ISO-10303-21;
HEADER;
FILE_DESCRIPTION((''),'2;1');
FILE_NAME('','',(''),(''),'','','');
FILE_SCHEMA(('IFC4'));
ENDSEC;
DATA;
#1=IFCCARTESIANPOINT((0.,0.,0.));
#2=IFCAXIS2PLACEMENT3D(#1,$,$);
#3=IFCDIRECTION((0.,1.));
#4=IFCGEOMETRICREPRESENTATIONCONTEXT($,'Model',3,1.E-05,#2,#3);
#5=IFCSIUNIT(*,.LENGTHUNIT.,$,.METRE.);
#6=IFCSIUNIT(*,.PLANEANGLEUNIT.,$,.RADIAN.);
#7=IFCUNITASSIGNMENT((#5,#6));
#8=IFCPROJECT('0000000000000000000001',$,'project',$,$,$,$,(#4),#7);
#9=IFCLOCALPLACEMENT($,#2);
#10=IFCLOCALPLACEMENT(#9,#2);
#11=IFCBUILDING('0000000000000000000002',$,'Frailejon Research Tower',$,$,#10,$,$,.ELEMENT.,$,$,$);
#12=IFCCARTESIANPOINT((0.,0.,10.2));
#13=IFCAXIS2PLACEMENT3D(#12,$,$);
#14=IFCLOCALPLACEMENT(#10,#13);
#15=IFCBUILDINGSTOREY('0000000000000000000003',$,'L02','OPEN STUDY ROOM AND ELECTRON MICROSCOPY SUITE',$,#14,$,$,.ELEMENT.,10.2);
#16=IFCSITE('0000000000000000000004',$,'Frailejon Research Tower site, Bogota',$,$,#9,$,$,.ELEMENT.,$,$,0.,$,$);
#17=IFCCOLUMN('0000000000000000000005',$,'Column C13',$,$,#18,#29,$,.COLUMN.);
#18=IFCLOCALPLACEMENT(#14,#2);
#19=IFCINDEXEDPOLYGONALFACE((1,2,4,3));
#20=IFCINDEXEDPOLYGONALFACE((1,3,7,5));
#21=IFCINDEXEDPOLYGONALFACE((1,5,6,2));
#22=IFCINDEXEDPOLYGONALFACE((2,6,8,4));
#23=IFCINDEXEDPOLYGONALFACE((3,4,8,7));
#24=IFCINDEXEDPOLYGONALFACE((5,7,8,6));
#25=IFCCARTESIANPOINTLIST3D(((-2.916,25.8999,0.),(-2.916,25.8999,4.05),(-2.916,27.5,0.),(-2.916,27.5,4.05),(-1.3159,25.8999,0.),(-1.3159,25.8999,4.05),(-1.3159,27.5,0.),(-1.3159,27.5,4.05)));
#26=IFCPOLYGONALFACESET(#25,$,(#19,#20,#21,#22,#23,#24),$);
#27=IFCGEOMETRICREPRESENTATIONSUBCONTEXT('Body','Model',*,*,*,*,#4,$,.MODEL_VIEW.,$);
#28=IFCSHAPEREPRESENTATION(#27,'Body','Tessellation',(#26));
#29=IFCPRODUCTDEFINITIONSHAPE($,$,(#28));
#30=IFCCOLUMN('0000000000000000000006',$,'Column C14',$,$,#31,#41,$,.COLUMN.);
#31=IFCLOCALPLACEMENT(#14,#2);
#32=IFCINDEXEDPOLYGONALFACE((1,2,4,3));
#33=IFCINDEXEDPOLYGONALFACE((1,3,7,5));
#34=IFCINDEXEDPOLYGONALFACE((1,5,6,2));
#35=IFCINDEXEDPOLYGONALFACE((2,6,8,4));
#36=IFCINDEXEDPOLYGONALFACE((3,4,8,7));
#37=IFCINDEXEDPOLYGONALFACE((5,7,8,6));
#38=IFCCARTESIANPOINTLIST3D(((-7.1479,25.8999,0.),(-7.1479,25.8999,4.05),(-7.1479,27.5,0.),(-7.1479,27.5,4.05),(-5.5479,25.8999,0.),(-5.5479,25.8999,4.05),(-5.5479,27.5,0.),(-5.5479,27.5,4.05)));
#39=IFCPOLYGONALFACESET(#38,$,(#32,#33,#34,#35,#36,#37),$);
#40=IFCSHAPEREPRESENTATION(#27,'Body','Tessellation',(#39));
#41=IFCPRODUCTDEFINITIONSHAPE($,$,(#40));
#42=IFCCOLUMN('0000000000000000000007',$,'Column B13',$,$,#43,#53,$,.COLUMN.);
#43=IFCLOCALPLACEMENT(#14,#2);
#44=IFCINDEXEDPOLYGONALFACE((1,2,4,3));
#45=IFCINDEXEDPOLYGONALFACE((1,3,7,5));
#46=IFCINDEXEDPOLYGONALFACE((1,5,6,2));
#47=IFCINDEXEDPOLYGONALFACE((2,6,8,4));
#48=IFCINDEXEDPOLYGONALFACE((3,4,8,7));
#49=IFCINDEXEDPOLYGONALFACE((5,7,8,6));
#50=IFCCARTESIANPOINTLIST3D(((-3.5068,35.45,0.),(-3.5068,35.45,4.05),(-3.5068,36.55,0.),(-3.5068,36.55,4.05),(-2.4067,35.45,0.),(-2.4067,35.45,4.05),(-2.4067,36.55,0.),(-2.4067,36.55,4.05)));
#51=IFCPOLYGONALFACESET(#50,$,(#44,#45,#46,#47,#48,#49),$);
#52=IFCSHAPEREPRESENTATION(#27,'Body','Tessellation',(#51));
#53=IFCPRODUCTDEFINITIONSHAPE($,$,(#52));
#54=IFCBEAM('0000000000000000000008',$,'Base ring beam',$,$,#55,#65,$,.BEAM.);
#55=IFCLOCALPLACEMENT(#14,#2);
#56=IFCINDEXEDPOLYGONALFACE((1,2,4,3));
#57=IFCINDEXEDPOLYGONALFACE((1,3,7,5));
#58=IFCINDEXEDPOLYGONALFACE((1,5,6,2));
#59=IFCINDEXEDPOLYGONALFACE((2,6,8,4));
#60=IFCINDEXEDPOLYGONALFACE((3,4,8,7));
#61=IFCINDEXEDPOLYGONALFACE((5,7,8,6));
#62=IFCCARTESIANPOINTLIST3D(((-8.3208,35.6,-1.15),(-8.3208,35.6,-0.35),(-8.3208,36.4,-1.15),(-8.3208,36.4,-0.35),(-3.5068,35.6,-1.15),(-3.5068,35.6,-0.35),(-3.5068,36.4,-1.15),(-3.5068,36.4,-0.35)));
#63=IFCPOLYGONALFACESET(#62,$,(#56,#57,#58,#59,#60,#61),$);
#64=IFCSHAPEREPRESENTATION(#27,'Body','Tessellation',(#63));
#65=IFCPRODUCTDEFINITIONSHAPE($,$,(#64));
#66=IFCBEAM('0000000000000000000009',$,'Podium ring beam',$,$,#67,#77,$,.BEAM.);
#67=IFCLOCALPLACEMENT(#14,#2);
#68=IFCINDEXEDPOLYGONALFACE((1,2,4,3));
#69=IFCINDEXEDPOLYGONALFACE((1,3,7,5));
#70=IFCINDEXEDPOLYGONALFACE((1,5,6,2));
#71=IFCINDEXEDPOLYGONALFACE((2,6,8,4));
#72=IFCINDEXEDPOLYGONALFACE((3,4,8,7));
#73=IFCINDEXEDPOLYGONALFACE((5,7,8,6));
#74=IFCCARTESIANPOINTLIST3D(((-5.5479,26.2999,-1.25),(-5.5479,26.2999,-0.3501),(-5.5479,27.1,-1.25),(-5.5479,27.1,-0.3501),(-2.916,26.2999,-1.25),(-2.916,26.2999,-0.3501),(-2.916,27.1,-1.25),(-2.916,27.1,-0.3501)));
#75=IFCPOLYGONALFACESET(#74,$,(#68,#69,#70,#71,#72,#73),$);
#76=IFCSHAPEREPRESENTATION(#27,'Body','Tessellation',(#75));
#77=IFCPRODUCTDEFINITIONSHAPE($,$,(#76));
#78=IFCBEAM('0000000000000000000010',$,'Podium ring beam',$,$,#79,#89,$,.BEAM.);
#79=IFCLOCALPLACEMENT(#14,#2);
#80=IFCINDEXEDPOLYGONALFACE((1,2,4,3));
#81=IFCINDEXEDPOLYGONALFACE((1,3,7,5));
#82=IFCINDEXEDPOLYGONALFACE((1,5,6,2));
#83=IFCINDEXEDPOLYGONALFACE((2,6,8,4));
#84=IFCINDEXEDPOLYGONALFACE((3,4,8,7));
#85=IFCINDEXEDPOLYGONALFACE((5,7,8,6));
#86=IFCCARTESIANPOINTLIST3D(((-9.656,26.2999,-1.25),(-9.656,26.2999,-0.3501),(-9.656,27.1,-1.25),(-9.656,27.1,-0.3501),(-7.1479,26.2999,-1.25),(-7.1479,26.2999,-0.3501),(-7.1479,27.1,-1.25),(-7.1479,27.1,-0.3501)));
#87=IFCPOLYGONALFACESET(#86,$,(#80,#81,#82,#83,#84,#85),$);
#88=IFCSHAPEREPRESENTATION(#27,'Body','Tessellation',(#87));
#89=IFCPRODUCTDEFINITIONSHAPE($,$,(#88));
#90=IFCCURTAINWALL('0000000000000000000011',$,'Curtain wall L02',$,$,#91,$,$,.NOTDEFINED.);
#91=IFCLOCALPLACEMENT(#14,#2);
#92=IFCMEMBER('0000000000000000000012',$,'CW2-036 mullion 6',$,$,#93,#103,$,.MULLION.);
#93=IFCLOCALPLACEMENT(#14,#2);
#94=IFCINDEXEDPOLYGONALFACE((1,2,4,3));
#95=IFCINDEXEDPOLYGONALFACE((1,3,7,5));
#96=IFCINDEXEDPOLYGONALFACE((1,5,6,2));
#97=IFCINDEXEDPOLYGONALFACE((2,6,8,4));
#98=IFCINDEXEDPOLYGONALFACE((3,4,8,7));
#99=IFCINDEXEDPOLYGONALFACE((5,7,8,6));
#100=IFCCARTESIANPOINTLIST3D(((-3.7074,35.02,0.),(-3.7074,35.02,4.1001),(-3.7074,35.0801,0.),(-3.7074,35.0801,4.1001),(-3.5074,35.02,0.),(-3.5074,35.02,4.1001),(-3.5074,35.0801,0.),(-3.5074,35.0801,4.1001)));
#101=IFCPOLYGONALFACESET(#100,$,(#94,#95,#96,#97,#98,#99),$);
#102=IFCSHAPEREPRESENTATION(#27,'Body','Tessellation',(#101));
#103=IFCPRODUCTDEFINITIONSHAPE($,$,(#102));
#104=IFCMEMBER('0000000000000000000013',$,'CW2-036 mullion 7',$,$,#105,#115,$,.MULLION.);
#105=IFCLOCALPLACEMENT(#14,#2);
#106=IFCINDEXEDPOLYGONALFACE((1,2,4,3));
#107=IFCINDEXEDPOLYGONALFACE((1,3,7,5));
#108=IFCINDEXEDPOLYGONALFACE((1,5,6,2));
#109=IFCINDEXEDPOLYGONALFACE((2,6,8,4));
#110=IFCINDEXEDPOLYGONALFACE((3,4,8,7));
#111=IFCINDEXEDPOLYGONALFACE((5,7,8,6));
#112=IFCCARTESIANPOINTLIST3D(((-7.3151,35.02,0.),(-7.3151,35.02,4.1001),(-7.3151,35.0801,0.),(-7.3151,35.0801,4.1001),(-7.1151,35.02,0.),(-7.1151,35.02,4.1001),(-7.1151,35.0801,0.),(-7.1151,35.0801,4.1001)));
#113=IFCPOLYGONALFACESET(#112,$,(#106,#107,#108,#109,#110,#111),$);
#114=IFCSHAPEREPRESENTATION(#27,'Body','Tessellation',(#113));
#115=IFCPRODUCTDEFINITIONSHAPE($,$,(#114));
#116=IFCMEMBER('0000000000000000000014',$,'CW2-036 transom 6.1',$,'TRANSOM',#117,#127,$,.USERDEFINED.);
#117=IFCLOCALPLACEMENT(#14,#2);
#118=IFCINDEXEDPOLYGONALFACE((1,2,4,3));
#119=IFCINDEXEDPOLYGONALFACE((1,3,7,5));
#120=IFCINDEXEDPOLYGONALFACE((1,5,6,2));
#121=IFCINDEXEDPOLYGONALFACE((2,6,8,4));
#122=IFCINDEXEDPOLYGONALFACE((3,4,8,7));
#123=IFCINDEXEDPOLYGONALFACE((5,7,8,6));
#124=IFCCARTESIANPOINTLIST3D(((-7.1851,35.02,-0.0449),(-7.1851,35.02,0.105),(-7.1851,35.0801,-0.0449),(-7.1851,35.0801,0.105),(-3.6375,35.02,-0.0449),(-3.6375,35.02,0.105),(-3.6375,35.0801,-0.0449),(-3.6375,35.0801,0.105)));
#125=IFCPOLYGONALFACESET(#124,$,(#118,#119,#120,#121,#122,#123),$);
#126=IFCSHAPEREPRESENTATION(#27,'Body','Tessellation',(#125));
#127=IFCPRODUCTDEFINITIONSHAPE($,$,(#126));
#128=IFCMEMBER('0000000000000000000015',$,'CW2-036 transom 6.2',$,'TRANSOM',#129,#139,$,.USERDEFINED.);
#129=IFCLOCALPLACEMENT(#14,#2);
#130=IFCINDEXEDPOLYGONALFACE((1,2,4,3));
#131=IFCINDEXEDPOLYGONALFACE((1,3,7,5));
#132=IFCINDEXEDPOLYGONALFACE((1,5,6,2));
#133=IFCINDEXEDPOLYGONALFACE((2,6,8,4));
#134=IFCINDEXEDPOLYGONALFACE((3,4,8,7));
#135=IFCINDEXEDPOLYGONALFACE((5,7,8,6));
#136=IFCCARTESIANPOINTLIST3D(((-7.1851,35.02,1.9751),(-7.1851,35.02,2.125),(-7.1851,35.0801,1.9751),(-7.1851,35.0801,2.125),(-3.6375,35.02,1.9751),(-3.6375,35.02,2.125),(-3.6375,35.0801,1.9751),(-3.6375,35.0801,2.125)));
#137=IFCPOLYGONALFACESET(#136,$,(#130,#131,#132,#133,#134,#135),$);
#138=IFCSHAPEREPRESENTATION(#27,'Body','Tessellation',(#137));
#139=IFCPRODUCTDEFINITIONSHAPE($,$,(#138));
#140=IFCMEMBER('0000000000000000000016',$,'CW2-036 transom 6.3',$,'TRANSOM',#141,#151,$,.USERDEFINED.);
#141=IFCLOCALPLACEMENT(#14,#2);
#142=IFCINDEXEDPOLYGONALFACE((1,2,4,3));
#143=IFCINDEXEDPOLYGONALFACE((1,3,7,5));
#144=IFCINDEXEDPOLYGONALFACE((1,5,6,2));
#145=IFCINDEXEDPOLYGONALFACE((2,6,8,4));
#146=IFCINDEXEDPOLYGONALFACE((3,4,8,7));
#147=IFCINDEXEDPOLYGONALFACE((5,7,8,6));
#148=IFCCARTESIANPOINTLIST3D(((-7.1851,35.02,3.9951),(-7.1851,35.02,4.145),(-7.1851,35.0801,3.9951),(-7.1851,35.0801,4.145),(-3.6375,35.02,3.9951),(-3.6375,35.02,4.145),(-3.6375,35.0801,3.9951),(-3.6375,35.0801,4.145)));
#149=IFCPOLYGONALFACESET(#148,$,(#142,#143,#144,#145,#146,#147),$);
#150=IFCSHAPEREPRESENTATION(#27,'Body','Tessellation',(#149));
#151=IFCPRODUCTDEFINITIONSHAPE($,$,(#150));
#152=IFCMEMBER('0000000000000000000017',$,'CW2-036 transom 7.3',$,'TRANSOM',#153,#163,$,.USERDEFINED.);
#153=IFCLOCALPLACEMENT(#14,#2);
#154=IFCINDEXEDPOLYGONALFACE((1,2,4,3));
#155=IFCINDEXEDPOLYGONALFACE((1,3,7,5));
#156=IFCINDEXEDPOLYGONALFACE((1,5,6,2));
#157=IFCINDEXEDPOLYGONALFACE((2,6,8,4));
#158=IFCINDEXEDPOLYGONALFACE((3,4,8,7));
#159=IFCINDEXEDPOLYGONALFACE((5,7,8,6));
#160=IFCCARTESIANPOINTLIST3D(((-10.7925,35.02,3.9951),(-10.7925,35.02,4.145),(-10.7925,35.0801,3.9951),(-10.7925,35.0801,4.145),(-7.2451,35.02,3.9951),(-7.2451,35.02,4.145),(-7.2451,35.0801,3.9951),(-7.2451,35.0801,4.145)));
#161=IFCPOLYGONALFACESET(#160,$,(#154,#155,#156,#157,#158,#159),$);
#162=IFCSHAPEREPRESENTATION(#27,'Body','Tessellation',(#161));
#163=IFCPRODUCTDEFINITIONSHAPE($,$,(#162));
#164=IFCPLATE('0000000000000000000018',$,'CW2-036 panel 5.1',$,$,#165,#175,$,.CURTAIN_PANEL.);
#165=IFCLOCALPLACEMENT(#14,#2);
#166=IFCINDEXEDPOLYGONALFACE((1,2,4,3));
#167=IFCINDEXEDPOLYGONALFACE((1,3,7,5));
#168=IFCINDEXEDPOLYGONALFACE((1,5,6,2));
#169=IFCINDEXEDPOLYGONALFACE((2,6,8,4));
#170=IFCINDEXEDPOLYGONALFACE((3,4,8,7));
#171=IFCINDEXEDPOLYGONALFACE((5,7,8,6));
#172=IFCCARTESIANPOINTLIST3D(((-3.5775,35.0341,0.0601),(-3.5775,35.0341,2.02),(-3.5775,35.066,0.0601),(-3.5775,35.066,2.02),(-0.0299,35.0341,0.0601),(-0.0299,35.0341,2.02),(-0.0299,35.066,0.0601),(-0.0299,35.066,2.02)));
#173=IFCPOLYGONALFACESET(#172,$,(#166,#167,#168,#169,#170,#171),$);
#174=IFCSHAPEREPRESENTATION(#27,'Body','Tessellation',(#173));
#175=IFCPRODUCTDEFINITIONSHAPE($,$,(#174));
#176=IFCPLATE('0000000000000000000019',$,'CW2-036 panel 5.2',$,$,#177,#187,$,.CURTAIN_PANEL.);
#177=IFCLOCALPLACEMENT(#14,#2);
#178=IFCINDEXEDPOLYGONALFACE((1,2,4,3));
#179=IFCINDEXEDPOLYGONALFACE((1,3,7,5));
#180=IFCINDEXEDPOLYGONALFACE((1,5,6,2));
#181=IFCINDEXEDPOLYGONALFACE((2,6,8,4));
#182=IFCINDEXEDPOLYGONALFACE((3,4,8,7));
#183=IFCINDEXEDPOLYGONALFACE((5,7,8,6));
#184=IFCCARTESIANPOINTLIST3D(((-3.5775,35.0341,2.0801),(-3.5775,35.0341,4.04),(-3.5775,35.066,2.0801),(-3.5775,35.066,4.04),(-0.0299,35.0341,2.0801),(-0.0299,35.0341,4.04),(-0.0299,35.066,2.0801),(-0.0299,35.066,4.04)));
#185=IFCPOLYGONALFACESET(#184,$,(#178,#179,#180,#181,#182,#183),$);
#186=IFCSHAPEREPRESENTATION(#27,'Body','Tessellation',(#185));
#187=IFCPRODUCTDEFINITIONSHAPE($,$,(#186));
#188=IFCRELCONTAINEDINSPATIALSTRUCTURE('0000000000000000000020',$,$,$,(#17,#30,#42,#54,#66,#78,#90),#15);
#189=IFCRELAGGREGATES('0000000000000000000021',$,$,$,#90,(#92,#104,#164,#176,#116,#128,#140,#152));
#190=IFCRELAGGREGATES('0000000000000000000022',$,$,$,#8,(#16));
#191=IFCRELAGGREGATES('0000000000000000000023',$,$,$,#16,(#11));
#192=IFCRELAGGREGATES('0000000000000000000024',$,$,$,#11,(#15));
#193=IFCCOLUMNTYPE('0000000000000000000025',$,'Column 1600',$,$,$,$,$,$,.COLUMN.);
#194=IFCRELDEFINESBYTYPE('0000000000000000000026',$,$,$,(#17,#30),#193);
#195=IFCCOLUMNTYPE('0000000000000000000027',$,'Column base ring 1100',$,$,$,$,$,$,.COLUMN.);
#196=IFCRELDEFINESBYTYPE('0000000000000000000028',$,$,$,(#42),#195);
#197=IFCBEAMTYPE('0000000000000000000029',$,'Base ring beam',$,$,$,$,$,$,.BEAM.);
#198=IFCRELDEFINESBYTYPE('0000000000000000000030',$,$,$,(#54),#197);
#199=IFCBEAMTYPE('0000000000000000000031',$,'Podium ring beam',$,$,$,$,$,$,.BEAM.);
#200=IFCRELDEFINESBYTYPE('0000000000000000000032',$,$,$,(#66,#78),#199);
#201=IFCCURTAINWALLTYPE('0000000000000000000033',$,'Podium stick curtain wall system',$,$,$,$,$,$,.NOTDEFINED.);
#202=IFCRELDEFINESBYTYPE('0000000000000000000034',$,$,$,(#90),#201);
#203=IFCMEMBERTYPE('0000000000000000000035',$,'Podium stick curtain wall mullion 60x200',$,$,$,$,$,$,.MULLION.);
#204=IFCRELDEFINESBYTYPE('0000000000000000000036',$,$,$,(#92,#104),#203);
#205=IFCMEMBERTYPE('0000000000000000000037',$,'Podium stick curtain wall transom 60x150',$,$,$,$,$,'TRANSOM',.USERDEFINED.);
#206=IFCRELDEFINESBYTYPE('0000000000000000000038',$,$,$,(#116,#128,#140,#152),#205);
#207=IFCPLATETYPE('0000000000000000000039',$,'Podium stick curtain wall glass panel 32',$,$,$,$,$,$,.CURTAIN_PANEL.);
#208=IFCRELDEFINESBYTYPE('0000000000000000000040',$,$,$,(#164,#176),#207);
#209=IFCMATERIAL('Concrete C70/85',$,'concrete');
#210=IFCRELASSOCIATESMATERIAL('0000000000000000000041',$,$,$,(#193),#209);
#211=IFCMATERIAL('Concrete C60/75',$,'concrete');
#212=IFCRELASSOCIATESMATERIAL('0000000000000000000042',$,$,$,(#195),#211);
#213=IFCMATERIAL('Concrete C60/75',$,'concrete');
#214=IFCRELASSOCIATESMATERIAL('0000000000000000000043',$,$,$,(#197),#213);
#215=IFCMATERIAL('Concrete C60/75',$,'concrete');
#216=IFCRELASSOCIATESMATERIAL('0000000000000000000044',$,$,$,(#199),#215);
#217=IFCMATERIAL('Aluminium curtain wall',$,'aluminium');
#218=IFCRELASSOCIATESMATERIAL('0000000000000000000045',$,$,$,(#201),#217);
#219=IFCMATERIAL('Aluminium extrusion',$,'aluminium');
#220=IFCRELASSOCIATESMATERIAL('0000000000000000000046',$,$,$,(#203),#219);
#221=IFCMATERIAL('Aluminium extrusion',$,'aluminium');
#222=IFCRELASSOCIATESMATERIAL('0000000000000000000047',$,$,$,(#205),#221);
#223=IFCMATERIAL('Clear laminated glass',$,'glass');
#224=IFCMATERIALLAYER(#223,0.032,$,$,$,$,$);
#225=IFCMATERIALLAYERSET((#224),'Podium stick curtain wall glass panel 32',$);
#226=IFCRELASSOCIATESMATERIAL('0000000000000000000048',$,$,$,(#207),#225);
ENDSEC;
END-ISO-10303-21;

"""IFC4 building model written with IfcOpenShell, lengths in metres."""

from ifc_helpers import new_model, si_unit, direction, frame, origin, origin_2d, place, context, subcontext, project, spatial, rectangle, extrude, material, layer, layer_set, material_profile, profile_set, type_object, element, aggregate, save


model = new_model("IFC4")

# Units and contexts
model_context = context("Model", 3, precision=1e-05, world=origin(), true_north=direction((0.0, 1.0)))
body_context = subcontext(model_context, "Body", "Model", "MODEL_VIEW")
ifc_project = project(units=[si_unit("LENGTHUNIT", "METRE"), si_unit("PLANEANGLEUNIT", "RADIAN")], contexts=[model_context])

# Site, building, storey
site_placement = place(None, origin())
site = spatial("IfcSite", under=ifc_project, at=site_placement, Name="Frailejon Research Tower site, Bogota", CompositionType="ELEMENT", RefElevation=0.0)
building_placement = place(site_placement, origin())
building = spatial("IfcBuilding", under=site, at=building_placement, Name="Frailejon Research Tower", CompositionType="ELEMENT")
storey_placement = place(building_placement, frame((0.0, 0.0, 10.2)))
storey = spatial("IfcBuildingStorey", under=building, at=storey_placement, Name="L02", Description="OPEN STUDY ROOM AND ELECTRON MICROSCOPY SUITE", CompositionType="ELEMENT", Elevation=10.2)

# Columns
ifc_material_1 = material(Name="Concrete C70/85", Category="concrete")
ifc_material_profile_1 = material_profile(ifc_material_1, rectangle(XDim=1.6001, YDim=1.6001, at=origin_2d()), Name="Column 1600")
ifc_profile_set_1 = profile_set([ifc_material_profile_1], Name="Concrete C70/85")
column_type_1 = type_object("IfcColumnType", Name="Column 1600", PredefinedType="COLUMN", material=ifc_profile_set_1)
for number, where, z_axis, x_axis, name in (
    (1, (-2.116, 26.7, 0.0), (0.0, 0.0, 1.0), (-1.0, 0.0, 0.0), "Column C13"),
    (2, (-6.3479, 26.7, 0.0), (0.0, 0.0, 1.0), (-1.0, 0.0, 0.0), "Column C14"),
):
    element("IfcColumn", number, at=place(storey_placement, frame(where, z_axis=z_axis, x_axis=x_axis)), inside=storey, type_object=column_type_1, Name=name, PredefinedType="COLUMN", context=body_context, shape_type="SweptSolid", body=[
        extrude(rectangle(XDim=1.6001, YDim=1.6001, at=origin_2d()), origin(), (0.0, 0.0, 1.0), 4.05),
    ])
ifc_material_2 = material(Name="Concrete C60/75", Category="concrete")
ifc_material_profile_2 = material_profile(ifc_material_2, rectangle(XDim=1.1001, YDim=1.1001, at=origin_2d()), Name="Column base ring 1100")
ifc_profile_set_2 = profile_set([ifc_material_profile_2], Name="Concrete C60/75")
column_type_2 = type_object("IfcColumnType", Name="Column base ring 1100", PredefinedType="COLUMN", material=ifc_profile_set_2)
column_placement = place(storey_placement, frame((-2.9568, 36.0, 0.0), z_axis=(0.0, 0.0, 1.0), x_axis=(-1.0, 0.0, 0.0)))
element("IfcColumn", 3, at=column_placement, inside=storey, type_object=column_type_2, Name="Column B13", PredefinedType="COLUMN", context=body_context, shape_type="SweptSolid", body=[
    extrude(rectangle(XDim=1.1001, YDim=1.1001, at=origin_2d()), origin(), (0.0, 0.0, 1.0), 4.05),
])

# Beams
ifc_material_3 = material(Name="Concrete C60/75", Category="concrete")
ifc_material_profile_3 = material_profile(ifc_material_3, rectangle(XDim=0.8, YDim=0.8, at=origin_2d()), Name="Base ring beam")
ifc_profile_set_3 = profile_set([ifc_material_profile_3], Name="Concrete C60/75")
beam_type_1 = type_object("IfcBeamType", Name="Base ring beam", PredefinedType="BEAM", material=ifc_profile_set_3)
beam_1_placement = place(storey_placement, frame((-3.5068, 36.0, -0.75), z_axis=(-1.0, 0.0, 0.0), x_axis=(0.0, -1.0, 0.0)))
element("IfcBeam", 4, at=beam_1_placement, inside=storey, type_object=beam_type_1, Name="Base ring beam", PredefinedType="BEAM", context=body_context, shape_type="SweptSolid", body=[
    extrude(rectangle(XDim=0.8, YDim=0.8, at=origin_2d()), origin(), (0.0, 0.0, 1.0), 4.814),
])
ifc_material_4 = material(Name="Concrete C60/75", Category="concrete")
ifc_material_profile_4 = material_profile(ifc_material_4, rectangle(XDim=0.8, YDim=0.8999, at=origin_2d()), Name="Podium ring beam")
ifc_profile_set_4 = profile_set([ifc_material_profile_4], Name="Concrete C60/75")
beam_type_2 = type_object("IfcBeamType", Name="Podium ring beam", PredefinedType="BEAM", material=ifc_profile_set_4)
beam_2_placement = place(storey_placement, frame((-2.916, 26.7, -0.8), z_axis=(-1.0, 0.0, 0.0), x_axis=(0.0, -1.0, 0.0)))
element("IfcBeam", 5, at=beam_2_placement, inside=storey, type_object=beam_type_2, Name="Podium ring beam", PredefinedType="BEAM", context=body_context, shape_type="SweptSolid", body=[
    extrude(rectangle(XDim=0.8, YDim=0.8999, at=origin_2d()), origin(), (0.0, 0.0, 1.0), 2.6318),
])
beam_3_placement = place(storey_placement, frame((-7.1479, 26.7, -0.8), z_axis=(-1.0, 0.0, 0.0), x_axis=(0.0, -1.0, 0.0)))
element("IfcBeam", 6, at=beam_3_placement, inside=storey, type_object=beam_type_2, Name="Podium ring beam", PredefinedType="BEAM", context=body_context, shape_type="SweptSolid", body=[
    extrude(rectangle(XDim=0.8, YDim=0.8999, at=origin_2d()), origin(), (0.0, 0.0, 1.0), 2.5081),
])

# Curtain wall, members, plates
ifc_material_5 = material(Name="Aluminium curtain wall", Category="aluminium")
curtain_wall_type = type_object("IfcCurtainWallType", Name="Podium stick curtain wall system", PredefinedType="NOTDEFINED", material=ifc_material_5)
curtain_wall_placement = place(storey_placement, origin())
curtain_wall = element("IfcCurtainWall", 7, at=curtain_wall_placement, inside=storey, type_object=curtain_wall_type, Name="Curtain wall L02", PredefinedType="NOTDEFINED")
ifc_material_6 = material(Name="Aluminium extrusion", Category="aluminium")
ifc_material_profile_5 = material_profile(ifc_material_6, rectangle(XDim=0.0601, YDim=0.2, at=origin_2d()), Name="Podium stick curtain wall mullion 60x200")
ifc_profile_set_5 = profile_set([ifc_material_profile_5], Name="Aluminium extrusion")
member_type_1 = type_object("IfcMemberType", Name="Podium stick curtain wall mullion 60x200", PredefinedType="MULLION", material=ifc_profile_set_5)
member_1_placement = place(storey_placement, frame((-3.6074, 35.05, 0.0), z_axis=(0.0, 0.0, 1.0), x_axis=(0.0, -1.0, 0.0)))
member_1 = element("IfcMember", 8, at=member_1_placement, type_object=member_type_1, Name="CW2-036 mullion 6", PredefinedType="MULLION", context=body_context, shape_type="SweptSolid", body=[
    extrude(rectangle(XDim=0.0601, YDim=0.2, at=origin_2d()), origin(), (0.0, 0.0, 1.0), 4.1001),
])
member_2_placement = place(storey_placement, frame((-7.2151, 35.05, 0.0), z_axis=(0.0, 0.0, 1.0), x_axis=(0.0, -1.0, 0.0)))
member_2 = element("IfcMember", 9, at=member_2_placement, type_object=member_type_1, Name="CW2-036 mullion 7", PredefinedType="MULLION", context=body_context, shape_type="SweptSolid", body=[
    extrude(rectangle(XDim=0.0601, YDim=0.2, at=origin_2d()), origin(), (0.0, 0.0, 1.0), 4.1001),
])
ifc_material_7 = material(Name="Aluminium extrusion", Category="aluminium")
ifc_material_profile_6 = material_profile(ifc_material_7, rectangle(XDim=0.0601, YDim=0.1499, at=origin_2d()), Name="Podium stick curtain wall transom 60x150")
ifc_profile_set_6 = profile_set([ifc_material_profile_6], Name="Aluminium extrusion")
member_type_2 = type_object("IfcMemberType", Name="Podium stick curtain wall transom 60x150", ElementType="TRANSOM", PredefinedType="USERDEFINED", material=ifc_profile_set_6)
member_3_placement = place(storey_placement, frame((-3.6375, 35.05, 0.03), z_axis=(-1.0, 0.0, 0.0), x_axis=(0.0, -1.0, 0.0)))
member_3 = element("IfcMember", 10, at=member_3_placement, type_object=member_type_2, Name="CW2-036 transom 6.1", ObjectType="TRANSOM", PredefinedType="USERDEFINED", context=body_context, shape_type="SweptSolid", body=[
    extrude(rectangle(XDim=0.0601, YDim=0.1499, at=origin_2d()), origin(), (0.0, 0.0, 1.0), 3.5476),
])
member_4_placement = place(storey_placement, frame((-3.6375, 35.05, 2.05), z_axis=(-1.0, 0.0, 0.0), x_axis=(0.0, -1.0, 0.0)))
member_4 = element("IfcMember", 11, at=member_4_placement, type_object=member_type_2, Name="CW2-036 transom 6.2", ObjectType="TRANSOM", PredefinedType="USERDEFINED", context=body_context, shape_type="SweptSolid", body=[
    extrude(rectangle(XDim=0.0601, YDim=0.1499, at=origin_2d()), origin(), (0.0, 0.0, 1.0), 3.5476),
])
member_5_placement = place(storey_placement, frame((-3.6375, 35.05, 4.0701), z_axis=(-1.0, 0.0, 0.0), x_axis=(0.0, -1.0, 0.0)))
member_5 = element("IfcMember", 12, at=member_5_placement, type_object=member_type_2, Name="CW2-036 transom 6.3", ObjectType="TRANSOM", PredefinedType="USERDEFINED", context=body_context, shape_type="SweptSolid", body=[
    extrude(rectangle(XDim=0.0601, YDim=0.1499, at=origin_2d()), origin(), (0.0, 0.0, 1.0), 3.5476),
])
member_6_placement = place(storey_placement, frame((-7.2451, 35.05, 4.0701), z_axis=(-1.0, 0.0, 0.0), x_axis=(0.0, -1.0, 0.0)))
member_6 = element("IfcMember", 13, at=member_6_placement, type_object=member_type_2, Name="CW2-036 transom 7.3", ObjectType="TRANSOM", PredefinedType="USERDEFINED", context=body_context, shape_type="SweptSolid", body=[
    extrude(rectangle(XDim=0.0601, YDim=0.1499, at=origin_2d()), origin(), (0.0, 0.0, 1.0), 3.5474),
])
ifc_material_8 = material(Name="Clear laminated glass", Category="glass")
ifc_layer_1 = layer(ifc_material_8, 0.032)
ifc_layer_set_1 = layer_set([ifc_layer_1], Name="Podium stick curtain wall glass panel 32")
plate_type = type_object("IfcPlateType", Name="Podium stick curtain wall glass panel 32", PredefinedType="CURTAIN_PANEL", material=ifc_layer_set_1)
plate_1_placement = place(storey_placement, frame((-1.8037, 35.05, 0.0601), z_axis=(0.0, 0.0, 1.0), x_axis=(-1.0, 0.0, 0.0)))
plate_1 = element("IfcPlate", 14, at=plate_1_placement, type_object=plate_type, Name="CW2-036 panel 5.1", PredefinedType="CURTAIN_PANEL", context=body_context, shape_type="SweptSolid", body=[
    extrude(rectangle(XDim=3.5476, YDim=0.032, at=origin_2d()), origin(), (0.0, 0.0, 1.0), 1.96),
])
plate_2_placement = place(storey_placement, frame((-1.8037, 35.05, 2.0801), z_axis=(0.0, 0.0, 1.0), x_axis=(-1.0, 0.0, 0.0)))
plate_2 = element("IfcPlate", 15, at=plate_2_placement, type_object=plate_type, Name="CW2-036 panel 5.2", PredefinedType="CURTAIN_PANEL", context=body_context, shape_type="SweptSolid", body=[
    extrude(rectangle(XDim=3.5476, YDim=0.032, at=origin_2d()), origin(), (0.0, 0.0, 1.0), 1.96),
])
aggregate(curtain_wall, [member_1, member_2, plate_1, plate_2, member_3, member_4, member_5, member_6])

save(model, "model.ifc")
